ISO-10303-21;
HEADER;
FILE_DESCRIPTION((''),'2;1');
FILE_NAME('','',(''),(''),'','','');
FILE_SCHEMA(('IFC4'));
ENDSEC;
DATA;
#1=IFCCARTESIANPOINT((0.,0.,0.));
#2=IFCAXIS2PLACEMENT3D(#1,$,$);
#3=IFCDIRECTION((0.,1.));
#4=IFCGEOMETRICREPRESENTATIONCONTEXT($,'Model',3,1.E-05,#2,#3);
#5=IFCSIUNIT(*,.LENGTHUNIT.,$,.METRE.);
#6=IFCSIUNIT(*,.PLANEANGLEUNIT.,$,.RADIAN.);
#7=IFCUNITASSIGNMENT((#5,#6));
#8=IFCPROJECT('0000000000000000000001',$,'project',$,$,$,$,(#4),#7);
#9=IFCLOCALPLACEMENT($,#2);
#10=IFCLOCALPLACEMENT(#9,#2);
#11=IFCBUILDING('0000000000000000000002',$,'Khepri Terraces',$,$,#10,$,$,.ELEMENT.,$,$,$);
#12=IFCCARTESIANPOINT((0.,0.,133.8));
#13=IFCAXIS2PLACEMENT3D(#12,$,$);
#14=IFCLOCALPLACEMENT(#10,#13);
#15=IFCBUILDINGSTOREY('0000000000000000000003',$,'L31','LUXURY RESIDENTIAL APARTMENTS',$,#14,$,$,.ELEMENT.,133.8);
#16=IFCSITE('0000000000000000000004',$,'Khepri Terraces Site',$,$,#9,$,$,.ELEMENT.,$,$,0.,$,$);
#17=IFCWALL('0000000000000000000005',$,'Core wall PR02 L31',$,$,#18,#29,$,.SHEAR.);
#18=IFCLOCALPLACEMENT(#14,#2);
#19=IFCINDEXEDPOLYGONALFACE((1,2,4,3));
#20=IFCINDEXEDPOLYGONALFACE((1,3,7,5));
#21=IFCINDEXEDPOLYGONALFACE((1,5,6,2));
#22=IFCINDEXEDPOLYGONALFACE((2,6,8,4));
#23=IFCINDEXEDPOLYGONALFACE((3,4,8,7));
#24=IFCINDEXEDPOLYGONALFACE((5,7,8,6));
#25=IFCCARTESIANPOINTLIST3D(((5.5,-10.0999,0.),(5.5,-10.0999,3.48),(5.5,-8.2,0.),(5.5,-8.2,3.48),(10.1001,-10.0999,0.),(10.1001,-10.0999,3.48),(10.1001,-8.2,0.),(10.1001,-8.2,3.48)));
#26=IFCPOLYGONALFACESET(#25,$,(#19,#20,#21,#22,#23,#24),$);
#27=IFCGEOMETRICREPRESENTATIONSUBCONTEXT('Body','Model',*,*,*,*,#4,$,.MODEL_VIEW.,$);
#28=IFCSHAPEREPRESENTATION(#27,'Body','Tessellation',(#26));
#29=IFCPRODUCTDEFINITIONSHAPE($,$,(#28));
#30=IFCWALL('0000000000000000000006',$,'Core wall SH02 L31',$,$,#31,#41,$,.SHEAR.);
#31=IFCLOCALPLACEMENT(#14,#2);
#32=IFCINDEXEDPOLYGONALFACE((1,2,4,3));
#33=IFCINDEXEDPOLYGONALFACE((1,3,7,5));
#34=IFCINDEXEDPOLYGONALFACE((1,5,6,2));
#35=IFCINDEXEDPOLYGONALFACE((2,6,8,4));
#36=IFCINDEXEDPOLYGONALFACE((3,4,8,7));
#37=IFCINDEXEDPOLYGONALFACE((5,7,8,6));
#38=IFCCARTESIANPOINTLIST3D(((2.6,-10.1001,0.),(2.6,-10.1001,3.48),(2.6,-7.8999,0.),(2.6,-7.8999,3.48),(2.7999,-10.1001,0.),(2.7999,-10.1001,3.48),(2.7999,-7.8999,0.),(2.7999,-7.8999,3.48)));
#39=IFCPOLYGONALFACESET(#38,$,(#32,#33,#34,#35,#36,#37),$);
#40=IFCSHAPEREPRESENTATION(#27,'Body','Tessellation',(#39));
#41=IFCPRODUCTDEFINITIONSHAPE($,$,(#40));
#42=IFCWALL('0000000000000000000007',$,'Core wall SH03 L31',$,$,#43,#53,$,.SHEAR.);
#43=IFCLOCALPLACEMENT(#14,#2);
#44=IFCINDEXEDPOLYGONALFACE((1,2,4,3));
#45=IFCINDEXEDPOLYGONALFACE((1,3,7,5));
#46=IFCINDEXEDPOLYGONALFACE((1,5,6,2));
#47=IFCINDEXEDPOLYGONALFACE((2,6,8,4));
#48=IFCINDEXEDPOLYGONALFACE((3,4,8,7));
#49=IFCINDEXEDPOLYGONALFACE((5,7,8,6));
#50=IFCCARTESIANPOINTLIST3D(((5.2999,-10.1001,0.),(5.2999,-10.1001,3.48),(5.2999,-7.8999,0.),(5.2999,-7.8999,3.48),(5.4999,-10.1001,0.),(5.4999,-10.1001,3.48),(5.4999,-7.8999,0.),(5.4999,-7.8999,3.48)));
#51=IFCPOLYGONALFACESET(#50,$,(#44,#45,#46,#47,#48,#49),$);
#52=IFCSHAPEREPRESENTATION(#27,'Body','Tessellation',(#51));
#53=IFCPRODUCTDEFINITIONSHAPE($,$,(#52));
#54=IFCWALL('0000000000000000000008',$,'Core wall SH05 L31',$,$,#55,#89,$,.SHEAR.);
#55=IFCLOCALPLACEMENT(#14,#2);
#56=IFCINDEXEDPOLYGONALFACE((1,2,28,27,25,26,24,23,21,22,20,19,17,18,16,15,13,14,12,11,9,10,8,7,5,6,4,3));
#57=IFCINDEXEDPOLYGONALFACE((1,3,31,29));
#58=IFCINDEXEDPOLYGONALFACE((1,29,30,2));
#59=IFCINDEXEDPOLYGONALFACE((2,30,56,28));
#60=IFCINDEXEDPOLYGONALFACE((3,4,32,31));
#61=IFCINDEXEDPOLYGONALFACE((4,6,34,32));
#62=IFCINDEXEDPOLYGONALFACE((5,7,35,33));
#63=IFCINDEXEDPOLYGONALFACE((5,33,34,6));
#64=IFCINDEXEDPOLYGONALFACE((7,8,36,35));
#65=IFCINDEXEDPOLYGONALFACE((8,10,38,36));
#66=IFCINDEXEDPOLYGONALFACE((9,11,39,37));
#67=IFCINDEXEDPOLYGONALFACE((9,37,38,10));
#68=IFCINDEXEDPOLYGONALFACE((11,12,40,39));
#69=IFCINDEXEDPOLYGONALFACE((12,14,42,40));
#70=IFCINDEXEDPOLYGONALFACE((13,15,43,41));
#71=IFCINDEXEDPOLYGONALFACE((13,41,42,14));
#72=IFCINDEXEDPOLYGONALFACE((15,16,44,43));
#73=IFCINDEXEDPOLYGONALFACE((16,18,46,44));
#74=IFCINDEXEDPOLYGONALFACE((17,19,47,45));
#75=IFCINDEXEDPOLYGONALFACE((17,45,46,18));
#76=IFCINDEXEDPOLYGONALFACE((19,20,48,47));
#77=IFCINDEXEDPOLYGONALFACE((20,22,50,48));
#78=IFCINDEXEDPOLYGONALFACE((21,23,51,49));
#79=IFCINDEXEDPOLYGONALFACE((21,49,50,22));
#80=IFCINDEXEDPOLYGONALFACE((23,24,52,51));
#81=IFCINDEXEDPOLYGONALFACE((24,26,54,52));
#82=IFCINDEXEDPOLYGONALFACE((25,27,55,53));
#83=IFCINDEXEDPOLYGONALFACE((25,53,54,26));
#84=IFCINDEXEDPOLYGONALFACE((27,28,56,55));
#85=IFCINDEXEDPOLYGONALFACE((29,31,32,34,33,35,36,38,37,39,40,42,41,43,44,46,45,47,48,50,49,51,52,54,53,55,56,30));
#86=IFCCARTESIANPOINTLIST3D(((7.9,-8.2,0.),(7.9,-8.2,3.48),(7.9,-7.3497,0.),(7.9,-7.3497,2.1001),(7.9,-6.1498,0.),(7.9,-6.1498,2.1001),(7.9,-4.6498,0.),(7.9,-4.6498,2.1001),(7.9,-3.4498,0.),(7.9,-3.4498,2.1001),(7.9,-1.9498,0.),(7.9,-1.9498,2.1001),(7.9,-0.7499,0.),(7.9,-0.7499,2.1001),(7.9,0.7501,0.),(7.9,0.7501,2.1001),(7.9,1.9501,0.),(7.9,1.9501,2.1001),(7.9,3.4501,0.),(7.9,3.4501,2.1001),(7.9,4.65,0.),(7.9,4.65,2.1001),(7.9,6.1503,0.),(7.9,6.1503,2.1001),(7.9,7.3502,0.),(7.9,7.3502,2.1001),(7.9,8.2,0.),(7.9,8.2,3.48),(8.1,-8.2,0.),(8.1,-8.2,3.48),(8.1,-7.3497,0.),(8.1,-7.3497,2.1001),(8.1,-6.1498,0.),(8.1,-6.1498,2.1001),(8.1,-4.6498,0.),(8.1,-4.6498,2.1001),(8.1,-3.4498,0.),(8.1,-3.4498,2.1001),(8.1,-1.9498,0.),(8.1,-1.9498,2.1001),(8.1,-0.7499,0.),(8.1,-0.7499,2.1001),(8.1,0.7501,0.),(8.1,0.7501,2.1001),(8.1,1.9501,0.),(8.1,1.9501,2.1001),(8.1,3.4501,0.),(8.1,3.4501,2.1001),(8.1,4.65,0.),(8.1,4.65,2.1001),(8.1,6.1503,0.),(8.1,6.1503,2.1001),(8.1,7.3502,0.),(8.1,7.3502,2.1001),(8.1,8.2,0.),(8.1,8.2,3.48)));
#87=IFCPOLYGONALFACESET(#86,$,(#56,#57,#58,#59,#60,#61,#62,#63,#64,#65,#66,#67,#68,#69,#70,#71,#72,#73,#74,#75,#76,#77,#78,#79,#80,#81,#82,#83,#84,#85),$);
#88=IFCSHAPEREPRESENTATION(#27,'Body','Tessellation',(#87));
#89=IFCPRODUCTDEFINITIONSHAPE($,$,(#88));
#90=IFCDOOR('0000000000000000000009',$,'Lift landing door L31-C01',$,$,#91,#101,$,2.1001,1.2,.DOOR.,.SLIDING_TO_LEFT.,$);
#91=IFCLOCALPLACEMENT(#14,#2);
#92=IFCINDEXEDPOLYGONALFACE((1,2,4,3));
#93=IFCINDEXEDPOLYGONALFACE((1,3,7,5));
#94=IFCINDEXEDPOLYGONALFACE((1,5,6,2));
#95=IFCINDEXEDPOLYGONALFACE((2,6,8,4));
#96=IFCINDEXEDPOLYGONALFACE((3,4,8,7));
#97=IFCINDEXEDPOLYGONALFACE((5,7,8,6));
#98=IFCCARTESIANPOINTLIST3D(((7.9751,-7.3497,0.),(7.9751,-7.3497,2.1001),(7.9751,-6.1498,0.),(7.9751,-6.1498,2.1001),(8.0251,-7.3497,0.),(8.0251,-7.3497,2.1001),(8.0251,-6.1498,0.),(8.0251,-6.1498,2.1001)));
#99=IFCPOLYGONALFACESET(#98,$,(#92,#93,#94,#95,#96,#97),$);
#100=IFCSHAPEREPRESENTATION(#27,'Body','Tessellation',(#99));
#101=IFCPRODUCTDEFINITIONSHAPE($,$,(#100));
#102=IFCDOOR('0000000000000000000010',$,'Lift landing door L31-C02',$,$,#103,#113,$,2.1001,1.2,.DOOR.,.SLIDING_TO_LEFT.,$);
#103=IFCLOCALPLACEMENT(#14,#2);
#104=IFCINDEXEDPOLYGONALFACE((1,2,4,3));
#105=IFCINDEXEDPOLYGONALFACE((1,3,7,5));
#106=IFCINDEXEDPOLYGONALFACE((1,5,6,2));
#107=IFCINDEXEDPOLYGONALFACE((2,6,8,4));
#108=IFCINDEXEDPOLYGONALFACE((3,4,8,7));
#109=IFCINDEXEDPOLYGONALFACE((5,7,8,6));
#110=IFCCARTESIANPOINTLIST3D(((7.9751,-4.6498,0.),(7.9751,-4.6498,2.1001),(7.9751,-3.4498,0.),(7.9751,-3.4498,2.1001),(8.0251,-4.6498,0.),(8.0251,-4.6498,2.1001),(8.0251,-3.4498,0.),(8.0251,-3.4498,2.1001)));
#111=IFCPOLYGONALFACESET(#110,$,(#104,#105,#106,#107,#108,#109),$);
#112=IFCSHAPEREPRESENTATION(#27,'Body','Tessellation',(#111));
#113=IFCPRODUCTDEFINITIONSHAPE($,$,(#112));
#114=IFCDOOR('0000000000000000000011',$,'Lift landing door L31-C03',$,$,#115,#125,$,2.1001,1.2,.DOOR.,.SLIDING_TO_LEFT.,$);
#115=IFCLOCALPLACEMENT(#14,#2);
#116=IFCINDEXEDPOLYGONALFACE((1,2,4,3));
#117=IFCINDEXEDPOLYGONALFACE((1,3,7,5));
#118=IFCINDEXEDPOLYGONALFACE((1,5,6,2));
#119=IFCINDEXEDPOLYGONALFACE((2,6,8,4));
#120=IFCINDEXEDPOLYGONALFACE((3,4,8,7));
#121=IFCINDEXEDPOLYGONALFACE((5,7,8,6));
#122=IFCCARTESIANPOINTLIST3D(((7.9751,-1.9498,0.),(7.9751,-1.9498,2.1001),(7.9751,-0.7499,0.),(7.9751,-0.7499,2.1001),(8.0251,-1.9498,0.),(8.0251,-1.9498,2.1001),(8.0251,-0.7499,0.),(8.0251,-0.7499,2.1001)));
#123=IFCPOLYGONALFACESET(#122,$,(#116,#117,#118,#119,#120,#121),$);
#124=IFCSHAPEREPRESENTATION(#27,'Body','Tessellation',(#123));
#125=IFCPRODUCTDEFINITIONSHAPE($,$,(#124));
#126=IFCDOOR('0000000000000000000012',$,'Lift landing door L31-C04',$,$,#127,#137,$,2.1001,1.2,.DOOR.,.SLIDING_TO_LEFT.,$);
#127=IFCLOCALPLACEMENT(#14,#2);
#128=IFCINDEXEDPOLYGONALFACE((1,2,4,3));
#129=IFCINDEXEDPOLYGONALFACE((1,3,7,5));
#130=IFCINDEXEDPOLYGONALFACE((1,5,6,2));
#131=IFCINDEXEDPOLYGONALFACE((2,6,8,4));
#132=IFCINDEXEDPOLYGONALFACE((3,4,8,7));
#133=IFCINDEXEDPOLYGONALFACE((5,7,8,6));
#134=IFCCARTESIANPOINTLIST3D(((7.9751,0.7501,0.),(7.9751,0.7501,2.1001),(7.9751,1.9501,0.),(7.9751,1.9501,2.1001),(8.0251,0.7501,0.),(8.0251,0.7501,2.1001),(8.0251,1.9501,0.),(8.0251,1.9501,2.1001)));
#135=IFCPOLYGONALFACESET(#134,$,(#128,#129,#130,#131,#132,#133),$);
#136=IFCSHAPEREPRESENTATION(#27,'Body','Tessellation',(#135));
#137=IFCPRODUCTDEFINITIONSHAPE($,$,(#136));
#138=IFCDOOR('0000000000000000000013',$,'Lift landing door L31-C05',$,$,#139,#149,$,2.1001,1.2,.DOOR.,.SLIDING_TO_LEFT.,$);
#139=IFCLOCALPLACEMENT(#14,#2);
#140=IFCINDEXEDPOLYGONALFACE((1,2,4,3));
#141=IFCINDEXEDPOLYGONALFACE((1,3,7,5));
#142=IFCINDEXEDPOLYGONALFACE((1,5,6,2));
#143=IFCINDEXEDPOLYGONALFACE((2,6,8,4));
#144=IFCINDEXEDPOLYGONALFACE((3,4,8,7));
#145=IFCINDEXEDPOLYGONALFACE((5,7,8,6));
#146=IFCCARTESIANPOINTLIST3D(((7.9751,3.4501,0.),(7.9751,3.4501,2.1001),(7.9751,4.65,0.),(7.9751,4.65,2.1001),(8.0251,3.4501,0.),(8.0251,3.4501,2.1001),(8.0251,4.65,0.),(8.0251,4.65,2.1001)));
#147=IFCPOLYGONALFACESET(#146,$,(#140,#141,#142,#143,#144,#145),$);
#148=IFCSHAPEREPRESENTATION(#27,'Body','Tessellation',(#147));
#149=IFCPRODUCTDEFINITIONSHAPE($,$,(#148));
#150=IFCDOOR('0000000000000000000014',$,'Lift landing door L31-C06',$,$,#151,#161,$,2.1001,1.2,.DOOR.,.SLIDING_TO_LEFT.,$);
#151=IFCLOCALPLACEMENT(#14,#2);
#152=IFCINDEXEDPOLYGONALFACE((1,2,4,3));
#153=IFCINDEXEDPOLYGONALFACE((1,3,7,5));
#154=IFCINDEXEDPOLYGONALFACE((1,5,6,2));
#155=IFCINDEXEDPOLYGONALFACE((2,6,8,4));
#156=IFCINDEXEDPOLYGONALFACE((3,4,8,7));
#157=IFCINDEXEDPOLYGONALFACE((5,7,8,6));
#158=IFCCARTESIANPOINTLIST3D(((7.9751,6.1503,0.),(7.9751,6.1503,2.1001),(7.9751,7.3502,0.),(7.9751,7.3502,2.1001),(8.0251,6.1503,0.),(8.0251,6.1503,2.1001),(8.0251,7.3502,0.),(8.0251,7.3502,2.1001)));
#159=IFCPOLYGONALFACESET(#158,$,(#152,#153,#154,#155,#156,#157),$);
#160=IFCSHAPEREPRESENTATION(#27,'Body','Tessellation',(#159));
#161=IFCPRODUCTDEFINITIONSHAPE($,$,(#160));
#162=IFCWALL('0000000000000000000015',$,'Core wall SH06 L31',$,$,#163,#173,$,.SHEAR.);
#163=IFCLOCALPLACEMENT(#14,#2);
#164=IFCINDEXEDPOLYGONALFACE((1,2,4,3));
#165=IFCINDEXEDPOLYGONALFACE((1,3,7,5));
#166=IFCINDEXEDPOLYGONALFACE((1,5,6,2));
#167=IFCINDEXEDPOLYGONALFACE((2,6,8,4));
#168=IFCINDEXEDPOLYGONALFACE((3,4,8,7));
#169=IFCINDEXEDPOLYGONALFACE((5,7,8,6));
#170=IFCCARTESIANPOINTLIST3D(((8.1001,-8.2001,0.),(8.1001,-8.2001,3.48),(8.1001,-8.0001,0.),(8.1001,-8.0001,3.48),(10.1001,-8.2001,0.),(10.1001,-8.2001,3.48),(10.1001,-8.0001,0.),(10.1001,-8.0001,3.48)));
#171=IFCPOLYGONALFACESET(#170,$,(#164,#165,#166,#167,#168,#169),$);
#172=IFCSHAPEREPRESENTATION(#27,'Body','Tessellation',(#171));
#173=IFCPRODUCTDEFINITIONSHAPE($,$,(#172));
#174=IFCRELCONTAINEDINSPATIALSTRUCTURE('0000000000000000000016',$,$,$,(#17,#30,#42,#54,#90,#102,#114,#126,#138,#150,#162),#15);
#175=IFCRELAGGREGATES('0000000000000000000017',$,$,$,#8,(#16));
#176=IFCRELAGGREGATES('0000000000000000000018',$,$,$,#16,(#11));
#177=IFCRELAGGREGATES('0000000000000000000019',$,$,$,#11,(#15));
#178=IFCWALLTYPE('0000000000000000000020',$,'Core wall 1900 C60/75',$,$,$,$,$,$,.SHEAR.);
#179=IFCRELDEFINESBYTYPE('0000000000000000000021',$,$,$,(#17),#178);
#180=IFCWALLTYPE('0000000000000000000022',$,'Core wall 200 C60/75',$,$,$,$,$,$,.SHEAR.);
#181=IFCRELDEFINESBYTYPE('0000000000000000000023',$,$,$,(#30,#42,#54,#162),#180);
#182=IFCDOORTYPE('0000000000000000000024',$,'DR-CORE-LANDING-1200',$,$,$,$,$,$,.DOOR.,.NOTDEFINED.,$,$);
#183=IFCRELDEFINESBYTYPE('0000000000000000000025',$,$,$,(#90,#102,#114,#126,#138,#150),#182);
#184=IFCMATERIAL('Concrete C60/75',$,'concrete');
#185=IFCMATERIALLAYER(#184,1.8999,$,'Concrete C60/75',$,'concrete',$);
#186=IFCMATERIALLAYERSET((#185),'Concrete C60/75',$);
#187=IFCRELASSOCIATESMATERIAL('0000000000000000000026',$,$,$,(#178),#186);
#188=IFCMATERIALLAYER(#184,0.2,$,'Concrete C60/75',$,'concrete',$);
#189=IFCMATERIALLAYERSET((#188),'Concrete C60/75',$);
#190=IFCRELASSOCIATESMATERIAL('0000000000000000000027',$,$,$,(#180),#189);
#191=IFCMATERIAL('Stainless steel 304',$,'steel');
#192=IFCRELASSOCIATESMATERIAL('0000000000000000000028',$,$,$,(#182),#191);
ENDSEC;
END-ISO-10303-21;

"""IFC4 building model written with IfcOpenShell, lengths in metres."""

from ifc_helpers import new_model, si_unit, direction, frame, frame_2d, origin, place, context, subcontext, project, spatial, rectangle, extrude, material, layer, layer_set, type_object, element, fill, save


model = new_model("IFC4")

# Units and contexts
model_context = context("Model", 3, precision=1e-05, world=origin(), true_north=direction((0.0, 1.0)))
body_context = subcontext(model_context, "Body", "Model", "MODEL_VIEW")
ifc_project = project(units=[si_unit("LENGTHUNIT", "METRE"), si_unit("PLANEANGLEUNIT", "RADIAN")], contexts=[model_context])

# Site, building, storey
site_placement = place(None, origin())
site = spatial("IfcSite", under=ifc_project, at=site_placement, Name="Khepri Terraces Site", CompositionType="ELEMENT", RefElevation=0.0)
building_placement = place(site_placement, origin())
building = spatial("IfcBuilding", under=site, at=building_placement, Name="Khepri Terraces", CompositionType="ELEMENT")
storey_placement = place(building_placement, frame((0.0, 0.0, 133.8)))
storey = spatial("IfcBuildingStorey", under=building, at=storey_placement, Name="L31", Description="LUXURY RESIDENTIAL APARTMENTS", CompositionType="ELEMENT", Elevation=133.8)

# Walls
ifc_material_1 = material(Name="Concrete C60/75", Category="concrete")
ifc_layer_1 = layer(ifc_material_1, 1.8999, Name="Concrete C60/75", Category="concrete")
ifc_layer_set_1 = layer_set([ifc_layer_1], Name="Concrete C60/75")
wall_type_1 = type_object("IfcWallType", Name="Core wall 1900 C60/75", PredefinedType="SHEAR", material=ifc_layer_set_1)
wall_1_placement = place(storey_placement, frame((5.5, -9.1499, 0.0), z_axis=(0.0, 0.0, 1.0), x_axis=(1.0, 0.0, 0.0)))
element("IfcWall", 1, at=wall_1_placement, inside=storey, type_object=wall_type_1, Name="Core wall PR02 L31", PredefinedType="SHEAR", context=body_context, shape_type="SweptSolid", body=[
    extrude(rectangle(XDim=4.6001, YDim=1.8999, at=frame_2d((2.3, 0.0))), origin(), (0.0, 0.0, 1.0), 3.48),
])
ifc_layer_2 = layer(ifc_material_1, 0.2, Name="Concrete C60/75", Category="concrete")
ifc_layer_set_2 = layer_set([ifc_layer_2], Name="Concrete C60/75")
wall_type_2 = type_object("IfcWallType", Name="Core wall 200 C60/75", PredefinedType="SHEAR", material=ifc_layer_set_2)
for number, where, z_axis, x_axis, name in (
    (2, (2.7, -10.1001, 0.0), (0.0, 0.0, 1.0), (0.0, 1.0, 0.0), "Core wall SH02 L31"),
    (3, (5.3999, -10.1001, 0.0), (0.0, 0.0, 1.0), (0.0, 1.0, 0.0), "Core wall SH03 L31"),
):
    element("IfcWall", number, at=place(storey_placement, frame(where, z_axis=z_axis, x_axis=x_axis)), inside=storey, type_object=wall_type_2, Name=name, PredefinedType="SHEAR", context=body_context, shape_type="SweptSolid", body=[
        extrude(rectangle(XDim=2.2002, YDim=0.2, at=frame_2d((1.1001, 0.0))), origin(), (0.0, 0.0, 1.0), 3.48),
    ])

# Wall, openings, doors
wall_2_placement = place(storey_placement, frame((8.0, -8.2, 0.0), z_axis=(0.0, 0.0, 1.0), x_axis=(0.0, 1.0, 0.0)))
wall_2 = element("IfcWall", 4, at=wall_2_placement, inside=storey, type_object=wall_type_2, Name="Core wall SH05 L31", PredefinedType="SHEAR", context=body_context, shape_type="SweptSolid", body=[
    extrude(rectangle(XDim=16.3999, YDim=0.2, at=frame_2d((8.2, 0.0))), origin(), (0.0, 0.0, 1.0), 3.48),
])
opening_1_placement = place(wall_2_placement, frame((0.8501, 0.0, 0.0)))
opening_1 = element("IfcOpeningElement", 5, at=opening_1_placement, cuts=wall_2, PredefinedType="OPENING", context=body_context, shape_type="SweptSolid", body=[
    extrude(rectangle(XDim=1.2, YDim=2.1001, at=frame_2d((0.6001, 1.05))), frame((0.0, 0.1099, 0.0), z_axis=(0.0, -1.0, 0.0), x_axis=(1.0, 0.0, 0.0)), (0.0, 0.0, 1.0), 0.22),
])
opening_2_placement = place(wall_2_placement, frame((3.55, 0.0, 0.0)))
opening_2 = element("IfcOpeningElement", 6, at=opening_2_placement, cuts=wall_2, PredefinedType="OPENING", context=body_context, shape_type="SweptSolid", body=[
    extrude(rectangle(XDim=1.2, YDim=2.1001, at=frame_2d((0.6001, 1.05))), frame((0.0, 0.1099, 0.0), z_axis=(0.0, -1.0, 0.0), x_axis=(1.0, 0.0, 0.0)), (0.0, 0.0, 1.0), 0.22),
])
opening_3_placement = place(wall_2_placement, frame((6.25, 0.0, 0.0)))
opening_3 = element("IfcOpeningElement", 7, at=opening_3_placement, cuts=wall_2, PredefinedType="OPENING", context=body_context, shape_type="SweptSolid", body=[
    extrude(rectangle(XDim=1.2, YDim=2.1001, at=frame_2d((0.6001, 1.05))), frame((0.0, 0.1099, 0.0), z_axis=(0.0, -1.0, 0.0), x_axis=(1.0, 0.0, 0.0)), (0.0, 0.0, 1.0), 0.22),
])
opening_4_placement = place(wall_2_placement, frame((8.95, 0.0, 0.0)))
opening_4 = element("IfcOpeningElement", 8, at=opening_4_placement, cuts=wall_2, PredefinedType="OPENING", context=body_context, shape_type="SweptSolid", body=[
    extrude(rectangle(XDim=1.2, YDim=2.1001, at=frame_2d((0.6001, 1.05))), frame((0.0, 0.1099, 0.0), z_axis=(0.0, -1.0, 0.0), x_axis=(1.0, 0.0, 0.0)), (0.0, 0.0, 1.0), 0.22),
])
opening_5_placement = place(wall_2_placement, frame((11.6499, 0.0, 0.0)))
opening_5 = element("IfcOpeningElement", 9, at=opening_5_placement, cuts=wall_2, PredefinedType="OPENING", context=body_context, shape_type="SweptSolid", body=[
    extrude(rectangle(XDim=1.2, YDim=2.1001, at=frame_2d((0.6001, 1.05))), frame((0.0, 0.1099, 0.0), z_axis=(0.0, -1.0, 0.0), x_axis=(1.0, 0.0, 0.0)), (0.0, 0.0, 1.0), 0.22),
])
opening_6_placement = place(wall_2_placement, frame((14.3501, 0.0, 0.0)))
opening_6 = element("IfcOpeningElement", 10, at=opening_6_placement, cuts=wall_2, PredefinedType="OPENING", context=body_context, shape_type="SweptSolid", body=[
    extrude(rectangle(XDim=1.2, YDim=2.1001, at=frame_2d((0.6001, 1.05))), frame((0.0, 0.1099, 0.0), z_axis=(0.0, -1.0, 0.0), x_axis=(1.0, 0.0, 0.0)), (0.0, 0.0, 1.0), 0.22),
])
ifc_material_2 = material(Name="Stainless steel 304", Category="steel")
door_type_1 = type_object("IfcDoorType", Name="DR-CORE-LANDING-1200", OperationType="NOTDEFINED", PredefinedType="DOOR", material=ifc_material_2)
door_1_placement = place(opening_1_placement, origin())
door_1 = element("IfcDoor", 11, at=door_1_placement, inside=storey, type_object=door_type_1, Name="Lift landing door L31-C01", OperationType="SLIDING_TO_LEFT", OverallHeight=2.1001, OverallWidth=1.2, PredefinedType="DOOR", context=body_context, shape_type="SweptSolid", body=[
    extrude(rectangle(XDim=1.2, YDim=2.1001, at=frame_2d((0.6001, 1.05))), frame((0.0, 0.0249, 0.0), z_axis=(0.0, -1.0, 0.0), x_axis=(1.0, 0.0, 0.0)), (0.0, 0.0, 1.0), 0.05),
])
fill(opening_1, door_1)
door_2_placement = place(opening_2_placement, origin())
door_2 = element("IfcDoor", 12, at=door_2_placement, inside=storey, type_object=door_type_1, Name="Lift landing door L31-C02", OperationType="SLIDING_TO_LEFT", OverallHeight=2.1001, OverallWidth=1.2, PredefinedType="DOOR", context=body_context, shape_type="SweptSolid", body=[
    extrude(rectangle(XDim=1.2, YDim=2.1001, at=frame_2d((0.6001, 1.05))), frame((0.0, 0.0249, 0.0), z_axis=(0.0, -1.0, 0.0), x_axis=(1.0, 0.0, 0.0)), (0.0, 0.0, 1.0), 0.05),
])
fill(opening_2, door_2)
door_3_placement = place(opening_3_placement, origin())
door_3 = element("IfcDoor", 13, at=door_3_placement, inside=storey, type_object=door_type_1, Name="Lift landing door L31-C03", OperationType="SLIDING_TO_LEFT", OverallHeight=2.1001, OverallWidth=1.2, PredefinedType="DOOR", context=body_context, shape_type="SweptSolid", body=[
    extrude(rectangle(XDim=1.2, YDim=2.1001, at=frame_2d((0.6001, 1.05))), frame((0.0, 0.0249, 0.0), z_axis=(0.0, -1.0, 0.0), x_axis=(1.0, 0.0, 0.0)), (0.0, 0.0, 1.0), 0.05),
])
fill(opening_3, door_3)
door_4_placement = place(opening_4_placement, origin())
door_4 = element("IfcDoor", 14, at=door_4_placement, inside=storey, type_object=door_type_1, Name="Lift landing door L31-C04", OperationType="SLIDING_TO_LEFT", OverallHeight=2.1001, OverallWidth=1.2, PredefinedType="DOOR", context=body_context, shape_type="SweptSolid", body=[
    extrude(rectangle(XDim=1.2, YDim=2.1001, at=frame_2d((0.6001, 1.05))), frame((0.0, 0.0249, 0.0), z_axis=(0.0, -1.0, 0.0), x_axis=(1.0, 0.0, 0.0)), (0.0, 0.0, 1.0), 0.05),
])
fill(opening_4, door_4)
door_5_placement = place(opening_5_placement, origin())
door_5 = element("IfcDoor", 15, at=door_5_placement, inside=storey, type_object=door_type_1, Name="Lift landing door L31-C05", OperationType="SLIDING_TO_LEFT", OverallHeight=2.1001, OverallWidth=1.2, PredefinedType="DOOR", context=body_context, shape_type="SweptSolid", body=[
    extrude(rectangle(XDim=1.2, YDim=2.1001, at=frame_2d((0.6001, 1.05))), frame((0.0, 0.0249, 0.0), z_axis=(0.0, -1.0, 0.0), x_axis=(1.0, 0.0, 0.0)), (0.0, 0.0, 1.0), 0.05),
])
fill(opening_5, door_5)
door_6_placement = place(opening_6_placement, origin())
door_6 = element("IfcDoor", 16, at=door_6_placement, inside=storey, type_object=door_type_1, Name="Lift landing door L31-C06", OperationType="SLIDING_TO_LEFT", OverallHeight=2.1001, OverallWidth=1.2, PredefinedType="DOOR", context=body_context, shape_type="SweptSolid", body=[
    extrude(rectangle(XDim=1.2, YDim=2.1001, at=frame_2d((0.6001, 1.05))), frame((0.0, 0.0249, 0.0), z_axis=(0.0, -1.0, 0.0), x_axis=(1.0, 0.0, 0.0)), (0.0, 0.0, 1.0), 0.05),
])
fill(opening_6, door_6)

# Wall
wall_3_placement = place(storey_placement, frame((8.1001, -8.1001, 0.0), z_axis=(0.0, 0.0, 1.0), x_axis=(1.0, 0.0, 0.0)))
element("IfcWall", 17, at=wall_3_placement, inside=storey, type_object=wall_type_2, Name="Core wall SH06 L31", PredefinedType="SHEAR", context=body_context, shape_type="SweptSolid", body=[
    extrude(rectangle(XDim=2.0, YDim=0.2, at=frame_2d((1.0, 0.0))), origin(), (0.0, 0.0, 1.0), 3.48),
])

save(model, "model.ifc")
